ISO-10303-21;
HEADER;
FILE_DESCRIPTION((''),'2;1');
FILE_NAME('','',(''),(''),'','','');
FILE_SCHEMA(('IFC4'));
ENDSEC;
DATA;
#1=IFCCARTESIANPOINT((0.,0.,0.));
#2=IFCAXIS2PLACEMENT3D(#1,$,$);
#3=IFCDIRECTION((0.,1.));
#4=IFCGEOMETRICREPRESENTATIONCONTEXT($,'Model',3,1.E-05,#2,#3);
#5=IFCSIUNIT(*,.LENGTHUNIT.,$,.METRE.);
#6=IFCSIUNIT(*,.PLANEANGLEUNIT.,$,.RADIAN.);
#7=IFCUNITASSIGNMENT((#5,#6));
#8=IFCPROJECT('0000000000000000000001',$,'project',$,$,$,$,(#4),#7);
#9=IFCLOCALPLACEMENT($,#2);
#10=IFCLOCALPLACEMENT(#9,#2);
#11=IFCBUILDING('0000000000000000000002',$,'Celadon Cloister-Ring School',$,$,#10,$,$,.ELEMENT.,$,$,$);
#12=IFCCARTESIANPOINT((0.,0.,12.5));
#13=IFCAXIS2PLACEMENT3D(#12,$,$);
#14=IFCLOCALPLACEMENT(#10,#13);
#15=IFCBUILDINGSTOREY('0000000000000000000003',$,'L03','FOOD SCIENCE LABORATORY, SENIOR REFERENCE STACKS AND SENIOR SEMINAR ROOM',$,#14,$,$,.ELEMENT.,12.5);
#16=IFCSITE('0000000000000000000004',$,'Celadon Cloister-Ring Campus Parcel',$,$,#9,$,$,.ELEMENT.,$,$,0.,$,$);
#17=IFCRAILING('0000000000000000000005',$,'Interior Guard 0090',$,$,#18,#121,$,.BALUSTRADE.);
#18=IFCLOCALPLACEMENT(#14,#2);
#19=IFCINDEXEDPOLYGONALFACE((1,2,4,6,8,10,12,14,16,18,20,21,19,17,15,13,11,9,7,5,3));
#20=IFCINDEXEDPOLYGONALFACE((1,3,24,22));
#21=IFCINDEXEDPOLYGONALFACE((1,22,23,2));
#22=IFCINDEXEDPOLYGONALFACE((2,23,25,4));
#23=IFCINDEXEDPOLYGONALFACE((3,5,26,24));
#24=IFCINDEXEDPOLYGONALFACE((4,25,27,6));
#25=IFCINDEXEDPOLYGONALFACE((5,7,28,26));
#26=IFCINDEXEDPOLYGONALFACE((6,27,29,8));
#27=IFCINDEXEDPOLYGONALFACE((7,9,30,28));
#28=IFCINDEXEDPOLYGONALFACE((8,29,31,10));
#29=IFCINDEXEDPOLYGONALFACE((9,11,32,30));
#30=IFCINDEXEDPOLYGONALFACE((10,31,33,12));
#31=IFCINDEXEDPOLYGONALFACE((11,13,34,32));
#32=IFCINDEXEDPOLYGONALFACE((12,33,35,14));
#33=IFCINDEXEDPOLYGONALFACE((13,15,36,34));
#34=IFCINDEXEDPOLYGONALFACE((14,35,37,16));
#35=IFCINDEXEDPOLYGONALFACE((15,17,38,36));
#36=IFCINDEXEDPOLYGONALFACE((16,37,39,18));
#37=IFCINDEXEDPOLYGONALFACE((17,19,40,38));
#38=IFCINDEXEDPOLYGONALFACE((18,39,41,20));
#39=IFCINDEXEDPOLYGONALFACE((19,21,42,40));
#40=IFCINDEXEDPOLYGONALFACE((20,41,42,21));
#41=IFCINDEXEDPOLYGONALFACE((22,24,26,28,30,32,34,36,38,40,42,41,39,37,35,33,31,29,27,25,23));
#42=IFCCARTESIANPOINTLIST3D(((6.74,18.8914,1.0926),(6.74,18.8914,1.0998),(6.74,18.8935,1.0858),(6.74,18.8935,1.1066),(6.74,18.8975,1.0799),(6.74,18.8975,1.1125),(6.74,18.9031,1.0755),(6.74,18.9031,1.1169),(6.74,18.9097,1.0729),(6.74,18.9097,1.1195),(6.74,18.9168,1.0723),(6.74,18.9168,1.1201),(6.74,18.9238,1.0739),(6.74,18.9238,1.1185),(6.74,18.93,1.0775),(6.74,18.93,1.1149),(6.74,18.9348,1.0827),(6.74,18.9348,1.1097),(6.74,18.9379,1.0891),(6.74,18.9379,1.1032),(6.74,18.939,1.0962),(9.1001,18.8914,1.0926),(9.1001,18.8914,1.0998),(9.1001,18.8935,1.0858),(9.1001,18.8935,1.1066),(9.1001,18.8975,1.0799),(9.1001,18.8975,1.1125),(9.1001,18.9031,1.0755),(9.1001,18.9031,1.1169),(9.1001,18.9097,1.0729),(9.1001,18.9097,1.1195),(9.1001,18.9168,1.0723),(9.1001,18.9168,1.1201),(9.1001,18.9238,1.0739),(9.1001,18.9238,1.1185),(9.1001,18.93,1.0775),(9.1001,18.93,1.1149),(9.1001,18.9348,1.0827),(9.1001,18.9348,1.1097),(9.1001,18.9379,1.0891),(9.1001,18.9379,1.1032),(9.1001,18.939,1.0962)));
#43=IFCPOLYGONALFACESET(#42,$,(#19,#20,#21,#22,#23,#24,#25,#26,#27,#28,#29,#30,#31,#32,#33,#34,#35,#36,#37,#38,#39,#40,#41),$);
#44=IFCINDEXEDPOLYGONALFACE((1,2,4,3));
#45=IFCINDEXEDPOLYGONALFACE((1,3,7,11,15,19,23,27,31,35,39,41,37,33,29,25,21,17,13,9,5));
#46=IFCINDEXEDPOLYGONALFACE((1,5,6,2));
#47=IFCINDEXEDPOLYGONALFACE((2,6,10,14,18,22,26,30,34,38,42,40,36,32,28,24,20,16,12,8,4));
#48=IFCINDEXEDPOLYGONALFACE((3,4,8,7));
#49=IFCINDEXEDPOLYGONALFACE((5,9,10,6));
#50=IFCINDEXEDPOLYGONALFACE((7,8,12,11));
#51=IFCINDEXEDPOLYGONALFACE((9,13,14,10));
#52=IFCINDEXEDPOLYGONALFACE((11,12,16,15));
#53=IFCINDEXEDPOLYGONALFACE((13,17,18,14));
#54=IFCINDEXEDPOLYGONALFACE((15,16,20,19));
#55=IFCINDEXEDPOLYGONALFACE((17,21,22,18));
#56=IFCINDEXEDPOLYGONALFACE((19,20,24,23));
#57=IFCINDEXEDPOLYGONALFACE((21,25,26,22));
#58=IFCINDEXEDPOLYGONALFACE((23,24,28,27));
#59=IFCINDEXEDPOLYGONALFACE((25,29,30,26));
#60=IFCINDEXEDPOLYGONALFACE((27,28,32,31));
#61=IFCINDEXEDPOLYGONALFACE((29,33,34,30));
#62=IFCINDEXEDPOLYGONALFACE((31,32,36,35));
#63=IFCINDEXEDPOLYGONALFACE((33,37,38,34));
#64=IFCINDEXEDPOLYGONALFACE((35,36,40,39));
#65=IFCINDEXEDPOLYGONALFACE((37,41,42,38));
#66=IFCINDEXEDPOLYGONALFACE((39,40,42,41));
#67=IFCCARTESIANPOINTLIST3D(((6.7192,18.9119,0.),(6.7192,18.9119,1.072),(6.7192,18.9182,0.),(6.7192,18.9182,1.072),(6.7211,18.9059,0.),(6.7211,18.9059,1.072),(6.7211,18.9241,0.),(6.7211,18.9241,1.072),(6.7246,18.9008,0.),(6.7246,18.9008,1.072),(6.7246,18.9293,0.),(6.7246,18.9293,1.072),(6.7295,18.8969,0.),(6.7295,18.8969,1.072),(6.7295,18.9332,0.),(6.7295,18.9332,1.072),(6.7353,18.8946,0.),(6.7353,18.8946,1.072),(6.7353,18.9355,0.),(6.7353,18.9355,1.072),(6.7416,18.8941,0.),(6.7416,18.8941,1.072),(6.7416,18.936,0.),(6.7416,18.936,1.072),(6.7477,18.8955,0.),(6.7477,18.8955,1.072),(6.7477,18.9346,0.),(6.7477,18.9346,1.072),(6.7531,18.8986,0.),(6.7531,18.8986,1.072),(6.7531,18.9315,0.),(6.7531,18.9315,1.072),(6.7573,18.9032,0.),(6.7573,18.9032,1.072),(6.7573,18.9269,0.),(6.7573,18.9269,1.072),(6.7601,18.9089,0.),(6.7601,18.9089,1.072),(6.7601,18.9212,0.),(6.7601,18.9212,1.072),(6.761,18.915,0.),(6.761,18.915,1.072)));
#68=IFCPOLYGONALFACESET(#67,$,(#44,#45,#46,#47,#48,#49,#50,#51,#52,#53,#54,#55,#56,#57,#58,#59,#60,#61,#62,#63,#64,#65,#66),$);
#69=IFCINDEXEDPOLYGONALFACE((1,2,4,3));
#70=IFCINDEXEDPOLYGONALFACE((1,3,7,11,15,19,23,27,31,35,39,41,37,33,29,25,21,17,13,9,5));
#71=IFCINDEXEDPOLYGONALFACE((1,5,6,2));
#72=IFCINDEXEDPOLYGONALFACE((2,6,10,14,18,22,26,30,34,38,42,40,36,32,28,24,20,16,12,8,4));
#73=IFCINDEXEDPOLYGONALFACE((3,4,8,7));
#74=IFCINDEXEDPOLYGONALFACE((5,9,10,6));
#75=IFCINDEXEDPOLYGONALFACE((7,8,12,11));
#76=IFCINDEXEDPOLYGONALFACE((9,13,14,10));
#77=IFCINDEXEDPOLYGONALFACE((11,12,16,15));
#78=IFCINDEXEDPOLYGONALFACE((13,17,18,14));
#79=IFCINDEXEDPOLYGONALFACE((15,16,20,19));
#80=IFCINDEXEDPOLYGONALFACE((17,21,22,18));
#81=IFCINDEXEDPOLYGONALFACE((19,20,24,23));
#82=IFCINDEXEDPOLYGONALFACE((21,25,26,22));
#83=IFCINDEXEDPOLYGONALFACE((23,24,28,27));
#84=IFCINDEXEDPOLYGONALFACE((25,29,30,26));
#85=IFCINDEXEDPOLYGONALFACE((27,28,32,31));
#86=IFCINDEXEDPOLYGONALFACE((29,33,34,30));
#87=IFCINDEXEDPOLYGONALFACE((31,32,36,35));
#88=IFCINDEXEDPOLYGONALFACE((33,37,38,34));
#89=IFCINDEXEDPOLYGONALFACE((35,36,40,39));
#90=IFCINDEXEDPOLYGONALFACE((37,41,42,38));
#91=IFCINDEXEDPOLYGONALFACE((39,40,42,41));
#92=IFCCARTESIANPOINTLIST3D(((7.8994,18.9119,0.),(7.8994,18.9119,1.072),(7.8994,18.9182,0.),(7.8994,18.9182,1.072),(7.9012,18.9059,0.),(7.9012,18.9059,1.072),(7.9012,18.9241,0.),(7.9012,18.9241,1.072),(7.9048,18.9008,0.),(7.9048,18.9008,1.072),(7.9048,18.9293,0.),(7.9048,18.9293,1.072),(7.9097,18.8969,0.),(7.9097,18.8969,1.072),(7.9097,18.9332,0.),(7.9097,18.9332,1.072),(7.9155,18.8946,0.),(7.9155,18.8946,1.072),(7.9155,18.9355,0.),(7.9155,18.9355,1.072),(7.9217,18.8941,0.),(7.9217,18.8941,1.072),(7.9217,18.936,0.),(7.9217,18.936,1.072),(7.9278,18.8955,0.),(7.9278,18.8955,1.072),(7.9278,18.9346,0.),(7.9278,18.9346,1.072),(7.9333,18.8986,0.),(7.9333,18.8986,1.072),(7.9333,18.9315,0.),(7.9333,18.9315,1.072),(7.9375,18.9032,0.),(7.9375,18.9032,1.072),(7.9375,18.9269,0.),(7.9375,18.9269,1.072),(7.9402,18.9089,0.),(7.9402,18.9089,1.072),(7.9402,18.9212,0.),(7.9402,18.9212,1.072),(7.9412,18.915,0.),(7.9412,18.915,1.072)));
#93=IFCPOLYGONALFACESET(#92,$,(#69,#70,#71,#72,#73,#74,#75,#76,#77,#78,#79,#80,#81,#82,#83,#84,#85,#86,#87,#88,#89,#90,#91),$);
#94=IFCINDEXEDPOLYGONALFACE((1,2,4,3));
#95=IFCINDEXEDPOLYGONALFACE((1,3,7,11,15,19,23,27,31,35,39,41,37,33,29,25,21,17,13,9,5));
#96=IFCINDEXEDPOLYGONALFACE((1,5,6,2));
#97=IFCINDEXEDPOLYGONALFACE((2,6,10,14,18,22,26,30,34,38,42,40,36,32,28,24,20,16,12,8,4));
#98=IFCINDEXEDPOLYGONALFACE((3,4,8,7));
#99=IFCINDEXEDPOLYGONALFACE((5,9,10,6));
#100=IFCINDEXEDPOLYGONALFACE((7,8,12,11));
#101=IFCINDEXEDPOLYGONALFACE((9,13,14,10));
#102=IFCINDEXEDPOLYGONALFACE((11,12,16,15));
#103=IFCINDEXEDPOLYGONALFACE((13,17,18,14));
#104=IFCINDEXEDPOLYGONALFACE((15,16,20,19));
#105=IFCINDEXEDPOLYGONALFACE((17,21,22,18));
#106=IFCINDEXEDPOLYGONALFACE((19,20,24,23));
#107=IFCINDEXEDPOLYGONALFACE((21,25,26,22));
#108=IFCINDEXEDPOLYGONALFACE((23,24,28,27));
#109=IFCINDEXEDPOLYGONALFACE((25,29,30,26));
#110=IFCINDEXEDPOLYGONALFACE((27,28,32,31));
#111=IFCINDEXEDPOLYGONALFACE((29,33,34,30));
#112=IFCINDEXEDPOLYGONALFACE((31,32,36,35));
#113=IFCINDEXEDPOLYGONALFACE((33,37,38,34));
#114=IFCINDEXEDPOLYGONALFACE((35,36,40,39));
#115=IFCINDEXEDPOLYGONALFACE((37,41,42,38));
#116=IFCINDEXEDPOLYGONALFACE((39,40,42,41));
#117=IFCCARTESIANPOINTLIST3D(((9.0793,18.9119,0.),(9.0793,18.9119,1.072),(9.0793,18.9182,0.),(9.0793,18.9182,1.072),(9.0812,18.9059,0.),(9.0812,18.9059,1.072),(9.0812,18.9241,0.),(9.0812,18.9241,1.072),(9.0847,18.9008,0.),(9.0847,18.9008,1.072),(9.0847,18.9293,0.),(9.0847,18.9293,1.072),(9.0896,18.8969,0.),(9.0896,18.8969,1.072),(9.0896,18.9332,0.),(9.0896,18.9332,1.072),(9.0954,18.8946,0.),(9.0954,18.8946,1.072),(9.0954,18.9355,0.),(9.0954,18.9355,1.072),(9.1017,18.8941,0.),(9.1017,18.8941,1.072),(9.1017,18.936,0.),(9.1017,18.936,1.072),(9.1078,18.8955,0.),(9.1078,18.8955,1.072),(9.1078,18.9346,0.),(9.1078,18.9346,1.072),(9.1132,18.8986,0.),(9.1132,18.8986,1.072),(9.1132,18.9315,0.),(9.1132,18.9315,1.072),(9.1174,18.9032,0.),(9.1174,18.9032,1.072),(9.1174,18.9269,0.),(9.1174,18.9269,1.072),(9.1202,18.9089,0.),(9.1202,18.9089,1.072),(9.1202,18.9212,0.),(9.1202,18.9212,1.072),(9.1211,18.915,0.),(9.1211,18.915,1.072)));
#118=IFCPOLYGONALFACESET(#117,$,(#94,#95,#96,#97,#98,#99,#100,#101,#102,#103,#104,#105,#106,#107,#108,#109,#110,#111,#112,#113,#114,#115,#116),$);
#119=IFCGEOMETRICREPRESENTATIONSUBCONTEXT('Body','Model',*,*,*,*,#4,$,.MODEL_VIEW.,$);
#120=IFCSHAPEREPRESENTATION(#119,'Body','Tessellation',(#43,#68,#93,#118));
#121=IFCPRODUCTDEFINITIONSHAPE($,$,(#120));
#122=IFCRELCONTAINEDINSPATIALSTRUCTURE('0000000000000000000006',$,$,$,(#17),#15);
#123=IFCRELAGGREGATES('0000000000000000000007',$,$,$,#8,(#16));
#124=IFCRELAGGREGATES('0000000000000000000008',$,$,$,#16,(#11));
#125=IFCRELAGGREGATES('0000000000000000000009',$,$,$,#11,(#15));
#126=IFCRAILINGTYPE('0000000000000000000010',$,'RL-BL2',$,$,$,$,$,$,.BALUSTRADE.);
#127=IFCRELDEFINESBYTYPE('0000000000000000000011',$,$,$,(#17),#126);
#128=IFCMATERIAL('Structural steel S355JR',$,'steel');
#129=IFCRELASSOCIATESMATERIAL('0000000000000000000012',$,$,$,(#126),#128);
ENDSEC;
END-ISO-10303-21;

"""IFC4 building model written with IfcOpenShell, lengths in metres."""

from ifc_helpers import new_model, si_unit, direction, frame, origin, origin_2d, place, context, subcontext, project, spatial, circle, extrude, material, type_object, element, save


model = new_model("IFC4")

# Units and contexts
model_context = context("Model", 3, precision=1e-05, world=origin(), true_north=direction((0.0, 1.0)))
body_context = subcontext(model_context, "Body", "Model", "MODEL_VIEW")
ifc_project = project(units=[si_unit("LENGTHUNIT", "METRE"), si_unit("PLANEANGLEUNIT", "RADIAN")], contexts=[model_context])

# Site, building, storey
site_placement = place(None, origin())
site = spatial("IfcSite", under=ifc_project, at=site_placement, Name="Celadon Cloister-Ring Campus Parcel", CompositionType="ELEMENT", RefElevation=0.0)
building_placement = place(site_placement, origin())
building = spatial("IfcBuilding", under=site, at=building_placement, Name="Celadon Cloister-Ring School", CompositionType="ELEMENT")
storey_placement = place(building_placement, frame((0.0, 0.0, 12.5)))
storey = spatial("IfcBuildingStorey", under=building, at=storey_placement, Name="L03", Description="FOOD SCIENCE LABORATORY, SENIOR REFERENCE STACKS AND SENIOR SEMINAR ROOM", CompositionType="ELEMENT", Elevation=12.5)

# Railing
ifc_material_1 = material(Name="Structural steel S355JR", Category="steel")
railing_type_1 = type_object("IfcRailingType", Name="RL-BL2", PredefinedType="BALUSTRADE", material=ifc_material_1)
railing_1_placement = place(storey_placement, frame((6.74, 18.915, 0.0)))
element("IfcRailing", 1, at=railing_1_placement, inside=storey, type_object=railing_type_1, Name="Interior Guard 0090", PredefinedType="BALUSTRADE", context=body_context, shape_type="SweptSolid", body=[
    extrude(circle(Radius=0.0239, at=origin_2d()), frame((0.0, 0.0, 1.0962), z_axis=(1.0, 0.0, 0.0), x_axis=(0.0, 1.0, 0.0)), (0.0, 0.0, 1.0), 2.3601),
    extrude(circle(Radius=0.021, at=origin_2d()), origin(), (0.0, 0.0, 1.0), 1.072),
    extrude(circle(Radius=0.021, at=origin_2d()), frame((1.1802, 0.0, 0.0)), (0.0, 0.0, 1.0), 1.072),
    extrude(circle(Radius=0.021, at=origin_2d()), frame((2.3601, 0.0, 0.0)), (0.0, 0.0, 1.0), 1.072),
])

save(model, "model.ifc")
